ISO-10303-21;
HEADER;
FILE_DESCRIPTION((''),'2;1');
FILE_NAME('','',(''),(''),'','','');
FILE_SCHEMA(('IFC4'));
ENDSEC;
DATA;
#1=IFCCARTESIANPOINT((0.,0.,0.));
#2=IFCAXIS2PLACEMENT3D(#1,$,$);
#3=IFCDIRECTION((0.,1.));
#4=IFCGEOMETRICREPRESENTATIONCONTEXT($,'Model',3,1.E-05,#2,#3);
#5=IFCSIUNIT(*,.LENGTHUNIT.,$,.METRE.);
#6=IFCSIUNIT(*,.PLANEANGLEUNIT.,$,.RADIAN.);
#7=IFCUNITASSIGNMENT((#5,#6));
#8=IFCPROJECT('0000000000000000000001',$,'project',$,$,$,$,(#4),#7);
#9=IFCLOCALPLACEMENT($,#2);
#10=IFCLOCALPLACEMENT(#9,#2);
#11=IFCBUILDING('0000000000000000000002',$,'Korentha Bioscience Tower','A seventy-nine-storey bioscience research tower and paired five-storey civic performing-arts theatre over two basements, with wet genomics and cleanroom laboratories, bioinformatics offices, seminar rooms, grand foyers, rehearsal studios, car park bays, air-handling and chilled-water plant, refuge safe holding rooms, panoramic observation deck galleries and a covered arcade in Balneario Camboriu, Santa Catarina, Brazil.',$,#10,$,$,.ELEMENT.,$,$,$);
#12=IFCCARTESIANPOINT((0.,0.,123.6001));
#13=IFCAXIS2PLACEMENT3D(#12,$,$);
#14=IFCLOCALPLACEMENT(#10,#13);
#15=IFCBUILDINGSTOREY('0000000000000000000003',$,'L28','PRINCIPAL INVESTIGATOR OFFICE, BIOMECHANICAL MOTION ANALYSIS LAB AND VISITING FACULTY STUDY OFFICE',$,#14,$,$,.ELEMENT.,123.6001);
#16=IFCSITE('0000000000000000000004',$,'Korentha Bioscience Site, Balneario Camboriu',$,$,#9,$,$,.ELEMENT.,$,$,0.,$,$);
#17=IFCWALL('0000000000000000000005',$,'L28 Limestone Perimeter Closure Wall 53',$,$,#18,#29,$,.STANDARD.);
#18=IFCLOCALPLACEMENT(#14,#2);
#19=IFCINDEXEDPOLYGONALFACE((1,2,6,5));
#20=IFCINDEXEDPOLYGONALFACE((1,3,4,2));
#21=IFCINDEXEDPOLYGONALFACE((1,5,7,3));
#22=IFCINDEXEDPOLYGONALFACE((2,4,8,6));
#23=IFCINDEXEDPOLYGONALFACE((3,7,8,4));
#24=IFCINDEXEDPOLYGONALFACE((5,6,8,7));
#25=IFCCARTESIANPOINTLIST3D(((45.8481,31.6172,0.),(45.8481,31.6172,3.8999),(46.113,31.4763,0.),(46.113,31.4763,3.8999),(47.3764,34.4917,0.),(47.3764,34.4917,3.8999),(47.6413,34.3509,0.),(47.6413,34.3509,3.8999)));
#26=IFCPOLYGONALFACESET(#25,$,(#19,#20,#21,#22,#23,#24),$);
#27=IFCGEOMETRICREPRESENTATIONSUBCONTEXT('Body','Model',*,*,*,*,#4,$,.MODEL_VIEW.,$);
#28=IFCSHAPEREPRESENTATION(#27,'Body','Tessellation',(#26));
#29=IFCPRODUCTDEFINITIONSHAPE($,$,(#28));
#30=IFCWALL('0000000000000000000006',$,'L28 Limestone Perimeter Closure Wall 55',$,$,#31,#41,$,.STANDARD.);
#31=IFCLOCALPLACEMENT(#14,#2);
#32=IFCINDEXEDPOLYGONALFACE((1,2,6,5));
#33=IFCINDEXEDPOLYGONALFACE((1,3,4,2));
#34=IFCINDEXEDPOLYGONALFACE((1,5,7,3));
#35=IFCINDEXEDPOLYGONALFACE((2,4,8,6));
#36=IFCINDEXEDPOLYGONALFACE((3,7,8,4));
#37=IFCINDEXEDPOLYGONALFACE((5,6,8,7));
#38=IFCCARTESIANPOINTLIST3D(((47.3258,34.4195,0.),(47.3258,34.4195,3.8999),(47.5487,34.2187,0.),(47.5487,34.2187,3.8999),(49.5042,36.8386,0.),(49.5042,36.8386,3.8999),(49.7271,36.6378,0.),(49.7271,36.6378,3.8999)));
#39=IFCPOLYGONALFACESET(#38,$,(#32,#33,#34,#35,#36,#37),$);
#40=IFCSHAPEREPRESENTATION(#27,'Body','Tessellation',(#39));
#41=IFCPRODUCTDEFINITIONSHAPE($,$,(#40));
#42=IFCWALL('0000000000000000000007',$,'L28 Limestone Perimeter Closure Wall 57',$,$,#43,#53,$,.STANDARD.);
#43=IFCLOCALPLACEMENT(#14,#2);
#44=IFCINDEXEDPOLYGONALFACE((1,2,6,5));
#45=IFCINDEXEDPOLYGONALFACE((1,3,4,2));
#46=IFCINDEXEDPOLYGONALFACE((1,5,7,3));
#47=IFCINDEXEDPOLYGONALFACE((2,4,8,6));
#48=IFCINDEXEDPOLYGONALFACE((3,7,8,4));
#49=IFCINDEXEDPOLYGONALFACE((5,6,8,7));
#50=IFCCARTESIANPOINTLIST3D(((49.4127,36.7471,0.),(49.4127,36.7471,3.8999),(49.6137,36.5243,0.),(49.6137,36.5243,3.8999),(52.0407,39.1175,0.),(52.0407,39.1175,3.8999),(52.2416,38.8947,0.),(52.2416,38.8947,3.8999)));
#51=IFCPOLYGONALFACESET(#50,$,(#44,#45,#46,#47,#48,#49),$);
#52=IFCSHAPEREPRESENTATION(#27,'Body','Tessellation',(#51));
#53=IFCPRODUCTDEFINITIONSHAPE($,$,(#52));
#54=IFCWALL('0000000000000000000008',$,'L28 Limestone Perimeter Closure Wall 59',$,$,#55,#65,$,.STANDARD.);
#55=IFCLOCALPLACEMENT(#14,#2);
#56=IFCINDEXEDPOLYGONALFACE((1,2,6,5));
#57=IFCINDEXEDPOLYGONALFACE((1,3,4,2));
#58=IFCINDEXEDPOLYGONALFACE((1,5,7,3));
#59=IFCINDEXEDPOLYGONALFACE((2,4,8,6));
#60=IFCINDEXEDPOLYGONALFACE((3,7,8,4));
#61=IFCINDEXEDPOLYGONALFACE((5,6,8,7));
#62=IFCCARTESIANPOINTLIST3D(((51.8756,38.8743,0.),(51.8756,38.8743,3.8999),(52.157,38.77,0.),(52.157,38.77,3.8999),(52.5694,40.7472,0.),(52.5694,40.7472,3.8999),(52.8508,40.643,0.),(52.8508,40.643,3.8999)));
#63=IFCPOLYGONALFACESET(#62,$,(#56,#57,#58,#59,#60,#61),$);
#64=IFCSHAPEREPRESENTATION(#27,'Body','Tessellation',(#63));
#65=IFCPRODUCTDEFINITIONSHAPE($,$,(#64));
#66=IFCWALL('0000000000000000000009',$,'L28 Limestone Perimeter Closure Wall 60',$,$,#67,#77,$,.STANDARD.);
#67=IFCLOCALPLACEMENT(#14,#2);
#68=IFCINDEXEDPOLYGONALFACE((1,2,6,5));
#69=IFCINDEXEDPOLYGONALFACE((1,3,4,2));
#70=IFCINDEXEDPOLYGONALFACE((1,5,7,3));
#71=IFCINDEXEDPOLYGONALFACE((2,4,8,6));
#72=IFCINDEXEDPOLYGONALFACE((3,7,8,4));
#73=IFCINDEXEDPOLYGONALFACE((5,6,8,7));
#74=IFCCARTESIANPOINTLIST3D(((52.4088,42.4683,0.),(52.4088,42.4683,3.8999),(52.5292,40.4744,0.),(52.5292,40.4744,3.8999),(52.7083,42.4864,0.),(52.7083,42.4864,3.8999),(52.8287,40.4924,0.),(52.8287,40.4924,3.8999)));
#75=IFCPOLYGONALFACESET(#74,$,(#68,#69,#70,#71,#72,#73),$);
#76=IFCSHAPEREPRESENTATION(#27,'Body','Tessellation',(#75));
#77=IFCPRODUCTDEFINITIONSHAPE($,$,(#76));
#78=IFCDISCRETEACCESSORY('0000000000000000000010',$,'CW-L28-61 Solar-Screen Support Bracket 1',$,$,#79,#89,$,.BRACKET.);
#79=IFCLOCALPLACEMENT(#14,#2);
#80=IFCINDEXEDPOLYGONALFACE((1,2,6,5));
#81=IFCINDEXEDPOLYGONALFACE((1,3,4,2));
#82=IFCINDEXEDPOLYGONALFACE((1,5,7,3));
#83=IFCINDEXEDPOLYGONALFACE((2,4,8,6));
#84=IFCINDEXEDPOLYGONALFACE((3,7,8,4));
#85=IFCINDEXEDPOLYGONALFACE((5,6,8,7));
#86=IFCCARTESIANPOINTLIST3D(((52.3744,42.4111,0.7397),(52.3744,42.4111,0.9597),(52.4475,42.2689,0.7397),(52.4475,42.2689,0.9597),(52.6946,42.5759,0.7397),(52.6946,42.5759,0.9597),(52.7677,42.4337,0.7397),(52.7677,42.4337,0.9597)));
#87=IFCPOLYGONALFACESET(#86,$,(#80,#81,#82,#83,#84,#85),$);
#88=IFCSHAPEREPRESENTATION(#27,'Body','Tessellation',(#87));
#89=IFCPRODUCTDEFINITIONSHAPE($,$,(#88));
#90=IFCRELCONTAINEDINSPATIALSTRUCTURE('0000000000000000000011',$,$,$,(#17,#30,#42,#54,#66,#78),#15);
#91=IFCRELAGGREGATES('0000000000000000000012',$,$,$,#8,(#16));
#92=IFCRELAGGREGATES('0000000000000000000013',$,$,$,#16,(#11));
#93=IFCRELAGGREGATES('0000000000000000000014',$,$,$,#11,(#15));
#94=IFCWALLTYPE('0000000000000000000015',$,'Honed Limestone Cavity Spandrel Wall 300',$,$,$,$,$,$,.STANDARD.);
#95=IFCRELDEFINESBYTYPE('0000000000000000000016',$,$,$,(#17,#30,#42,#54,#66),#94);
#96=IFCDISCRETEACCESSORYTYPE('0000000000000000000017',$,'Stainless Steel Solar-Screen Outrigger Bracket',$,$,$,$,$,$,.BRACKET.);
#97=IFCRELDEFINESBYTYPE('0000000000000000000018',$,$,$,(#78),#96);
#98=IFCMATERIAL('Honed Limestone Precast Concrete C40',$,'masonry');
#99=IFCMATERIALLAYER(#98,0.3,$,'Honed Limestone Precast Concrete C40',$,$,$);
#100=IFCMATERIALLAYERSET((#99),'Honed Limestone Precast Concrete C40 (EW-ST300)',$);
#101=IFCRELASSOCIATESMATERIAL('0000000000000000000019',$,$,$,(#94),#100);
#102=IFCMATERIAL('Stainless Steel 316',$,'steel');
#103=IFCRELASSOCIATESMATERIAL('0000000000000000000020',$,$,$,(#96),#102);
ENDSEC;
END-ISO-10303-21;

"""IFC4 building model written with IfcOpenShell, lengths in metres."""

from ifc_helpers import new_model, si_unit, direction, frame, frame_2d, origin, origin_2d, place, context, subcontext, project, spatial, rectangle, extrude, material, layer, layer_set, type_object, element, save


model = new_model("IFC4")

# Units and contexts
model_context = context("Model", 3, precision=1e-05, world=origin(), true_north=direction((0.0, 1.0)))
body_context = subcontext(model_context, "Body", "Model", "MODEL_VIEW")
ifc_project = project(units=[si_unit("LENGTHUNIT", "METRE"), si_unit("PLANEANGLEUNIT", "RADIAN")], contexts=[model_context])

# Site, building, storey
site_placement = place(None, origin())
site = spatial("IfcSite", under=ifc_project, at=site_placement, Name="Korentha Bioscience Site, Balneario Camboriu", CompositionType="ELEMENT", RefElevation=0.0)
building_placement = place(site_placement, origin())
building = spatial("IfcBuilding", under=site, at=building_placement, Name="Korentha Bioscience Tower", Description="A seventy-nine-storey bioscience research tower and paired five-storey civic performing-arts theatre over two basements, with wet genomics and cleanroom laboratories, bioinformatics offices, seminar rooms, grand foyers, rehearsal studios, car park bays, air-handling and chilled-water plant, refuge safe holding rooms, panoramic observation deck galleries and a covered arcade in Balneario Camboriu, Santa Catarina, Brazil.", CompositionType="ELEMENT")
storey_placement = place(building_placement, frame((0.0, 0.0, 123.6001)))
storey = spatial("IfcBuildingStorey", under=building, at=storey_placement, Name="L28", Description="PRINCIPAL INVESTIGATOR OFFICE, BIOMECHANICAL MOTION ANALYSIS LAB AND VISITING FACULTY STUDY OFFICE", CompositionType="ELEMENT", Elevation=123.6001)

# Walls
ifc_material_1 = material(Name="Honed Limestone Precast Concrete C40", Category="masonry")
ifc_layer_1 = layer(ifc_material_1, 0.3, Name="Honed Limestone Precast Concrete C40")
ifc_layer_set_1 = layer_set([ifc_layer_1], Name="Honed Limestone Precast Concrete C40 (EW-ST300)")
wall_type_1 = type_object("IfcWallType", Name="Honed Limestone Cavity Spandrel Wall 300", PredefinedType="STANDARD", material=ifc_layer_set_1)
wall_1_placement = place(storey_placement, frame((45.9805, 31.5466, 0.0), z_axis=(0.0, 0.0, 1.0), x_axis=(0.469451, 0.882958, 0.0)))
element("IfcWall", 1, at=wall_1_placement, inside=storey, type_object=wall_type_1, Name="L28 Limestone Perimeter Closure Wall 53", PredefinedType="STANDARD", context=body_context, shape_type="SweptSolid", body=[
    extrude(rectangle(XDim=3.2556, YDim=0.3, at=frame_2d((1.6279, 0.0))), origin(), (0.0, 0.0, 1.0), 3.8999),
])
wall_2_placement = place(storey_placement, frame((47.4373, 34.3191, 0.0), z_axis=(0.0, 0.0, 1.0), x_axis=(0.669168, 0.743111, 0.0)))
element("IfcWall", 2, at=wall_2_placement, inside=storey, type_object=wall_type_1, Name="L28 Limestone Perimeter Closure Wall 55", PredefinedType="STANDARD", context=body_context, shape_type="SweptSolid", body=[
    extrude(rectangle(XDim=3.2554, YDim=0.3, at=frame_2d((1.6277, 0.0))), origin(), (0.0, 0.0, 1.0), 3.8999),
])
wall_3_placement = place(storey_placement, frame((49.5132, 36.6357, 0.0), z_axis=(0.0, 0.0, 1.0), x_axis=(0.74256, 0.66978, 0.0)))
element("IfcWall", 3, at=wall_3_placement, inside=storey, type_object=wall_type_1, Name="L28 Limestone Perimeter Closure Wall 57", PredefinedType="STANDARD", context=body_context, shape_type="SweptSolid", body=[
    extrude(rectangle(XDim=3.5391, YDim=0.3, at=frame_2d((1.7695, 0.0))), origin(), (0.0, 0.0, 1.0), 3.8999),
])
wall_4_placement = place(storey_placement, frame((52.0164, 38.8223, 0.0), z_axis=(0.0, 0.0, 1.0), x_axis=(0.34737, 0.937728, 0.0)))
element("IfcWall", 4, at=wall_4_placement, inside=storey, type_object=wall_type_1, Name="L28 Limestone Perimeter Closure Wall 59", PredefinedType="STANDARD", context=body_context, shape_type="SweptSolid", body=[
    extrude(rectangle(XDim=1.9973, YDim=0.3, at=frame_2d((0.9985, 0.0))), origin(), (0.0, 0.0, 1.0), 3.8999),
])
wall_5_placement = place(storey_placement, frame((52.679, 40.4834, 0.0), z_axis=(0.0, 0.0, 1.0), x_axis=(-0.060255, 0.998183, 0.0)))
element("IfcWall", 5, at=wall_5_placement, inside=storey, type_object=wall_type_1, Name="L28 Limestone Perimeter Closure Wall 60", PredefinedType="STANDARD", context=body_context, shape_type="SweptSolid", body=[
    extrude(rectangle(XDim=1.9976, YDim=0.3, at=frame_2d((0.9988, 0.0))), origin(), (0.0, 0.0, 1.0), 3.8999),
])

# Discrete accessory
ifc_material_2 = material(Name="Stainless Steel 316", Category="steel")
discrete_accessory_type = type_object("IfcDiscreteAccessoryType", Name="Stainless Steel Solar-Screen Outrigger Bracket", PredefinedType="BRACKET", material=ifc_material_2)
discrete_accessory_placement = place(storey_placement, frame((52.571, 42.4224, 0.7397), z_axis=(0.0, 0.0, 1.0), x_axis=(-0.457613, 0.889151, 0.0)))
element("IfcDiscreteAccessory", 6, at=discrete_accessory_placement, inside=storey, type_object=discrete_accessory_type, Name="CW-L28-61 Solar-Screen Support Bracket 1", PredefinedType="BRACKET", context=body_context, shape_type="SweptSolid", body=[
    extrude(rectangle(XDim=0.1599, YDim=0.3601, at=origin_2d()), origin(), (0.0, 0.0, 1.0), 0.22),
])

save(model, "model.ifc")
